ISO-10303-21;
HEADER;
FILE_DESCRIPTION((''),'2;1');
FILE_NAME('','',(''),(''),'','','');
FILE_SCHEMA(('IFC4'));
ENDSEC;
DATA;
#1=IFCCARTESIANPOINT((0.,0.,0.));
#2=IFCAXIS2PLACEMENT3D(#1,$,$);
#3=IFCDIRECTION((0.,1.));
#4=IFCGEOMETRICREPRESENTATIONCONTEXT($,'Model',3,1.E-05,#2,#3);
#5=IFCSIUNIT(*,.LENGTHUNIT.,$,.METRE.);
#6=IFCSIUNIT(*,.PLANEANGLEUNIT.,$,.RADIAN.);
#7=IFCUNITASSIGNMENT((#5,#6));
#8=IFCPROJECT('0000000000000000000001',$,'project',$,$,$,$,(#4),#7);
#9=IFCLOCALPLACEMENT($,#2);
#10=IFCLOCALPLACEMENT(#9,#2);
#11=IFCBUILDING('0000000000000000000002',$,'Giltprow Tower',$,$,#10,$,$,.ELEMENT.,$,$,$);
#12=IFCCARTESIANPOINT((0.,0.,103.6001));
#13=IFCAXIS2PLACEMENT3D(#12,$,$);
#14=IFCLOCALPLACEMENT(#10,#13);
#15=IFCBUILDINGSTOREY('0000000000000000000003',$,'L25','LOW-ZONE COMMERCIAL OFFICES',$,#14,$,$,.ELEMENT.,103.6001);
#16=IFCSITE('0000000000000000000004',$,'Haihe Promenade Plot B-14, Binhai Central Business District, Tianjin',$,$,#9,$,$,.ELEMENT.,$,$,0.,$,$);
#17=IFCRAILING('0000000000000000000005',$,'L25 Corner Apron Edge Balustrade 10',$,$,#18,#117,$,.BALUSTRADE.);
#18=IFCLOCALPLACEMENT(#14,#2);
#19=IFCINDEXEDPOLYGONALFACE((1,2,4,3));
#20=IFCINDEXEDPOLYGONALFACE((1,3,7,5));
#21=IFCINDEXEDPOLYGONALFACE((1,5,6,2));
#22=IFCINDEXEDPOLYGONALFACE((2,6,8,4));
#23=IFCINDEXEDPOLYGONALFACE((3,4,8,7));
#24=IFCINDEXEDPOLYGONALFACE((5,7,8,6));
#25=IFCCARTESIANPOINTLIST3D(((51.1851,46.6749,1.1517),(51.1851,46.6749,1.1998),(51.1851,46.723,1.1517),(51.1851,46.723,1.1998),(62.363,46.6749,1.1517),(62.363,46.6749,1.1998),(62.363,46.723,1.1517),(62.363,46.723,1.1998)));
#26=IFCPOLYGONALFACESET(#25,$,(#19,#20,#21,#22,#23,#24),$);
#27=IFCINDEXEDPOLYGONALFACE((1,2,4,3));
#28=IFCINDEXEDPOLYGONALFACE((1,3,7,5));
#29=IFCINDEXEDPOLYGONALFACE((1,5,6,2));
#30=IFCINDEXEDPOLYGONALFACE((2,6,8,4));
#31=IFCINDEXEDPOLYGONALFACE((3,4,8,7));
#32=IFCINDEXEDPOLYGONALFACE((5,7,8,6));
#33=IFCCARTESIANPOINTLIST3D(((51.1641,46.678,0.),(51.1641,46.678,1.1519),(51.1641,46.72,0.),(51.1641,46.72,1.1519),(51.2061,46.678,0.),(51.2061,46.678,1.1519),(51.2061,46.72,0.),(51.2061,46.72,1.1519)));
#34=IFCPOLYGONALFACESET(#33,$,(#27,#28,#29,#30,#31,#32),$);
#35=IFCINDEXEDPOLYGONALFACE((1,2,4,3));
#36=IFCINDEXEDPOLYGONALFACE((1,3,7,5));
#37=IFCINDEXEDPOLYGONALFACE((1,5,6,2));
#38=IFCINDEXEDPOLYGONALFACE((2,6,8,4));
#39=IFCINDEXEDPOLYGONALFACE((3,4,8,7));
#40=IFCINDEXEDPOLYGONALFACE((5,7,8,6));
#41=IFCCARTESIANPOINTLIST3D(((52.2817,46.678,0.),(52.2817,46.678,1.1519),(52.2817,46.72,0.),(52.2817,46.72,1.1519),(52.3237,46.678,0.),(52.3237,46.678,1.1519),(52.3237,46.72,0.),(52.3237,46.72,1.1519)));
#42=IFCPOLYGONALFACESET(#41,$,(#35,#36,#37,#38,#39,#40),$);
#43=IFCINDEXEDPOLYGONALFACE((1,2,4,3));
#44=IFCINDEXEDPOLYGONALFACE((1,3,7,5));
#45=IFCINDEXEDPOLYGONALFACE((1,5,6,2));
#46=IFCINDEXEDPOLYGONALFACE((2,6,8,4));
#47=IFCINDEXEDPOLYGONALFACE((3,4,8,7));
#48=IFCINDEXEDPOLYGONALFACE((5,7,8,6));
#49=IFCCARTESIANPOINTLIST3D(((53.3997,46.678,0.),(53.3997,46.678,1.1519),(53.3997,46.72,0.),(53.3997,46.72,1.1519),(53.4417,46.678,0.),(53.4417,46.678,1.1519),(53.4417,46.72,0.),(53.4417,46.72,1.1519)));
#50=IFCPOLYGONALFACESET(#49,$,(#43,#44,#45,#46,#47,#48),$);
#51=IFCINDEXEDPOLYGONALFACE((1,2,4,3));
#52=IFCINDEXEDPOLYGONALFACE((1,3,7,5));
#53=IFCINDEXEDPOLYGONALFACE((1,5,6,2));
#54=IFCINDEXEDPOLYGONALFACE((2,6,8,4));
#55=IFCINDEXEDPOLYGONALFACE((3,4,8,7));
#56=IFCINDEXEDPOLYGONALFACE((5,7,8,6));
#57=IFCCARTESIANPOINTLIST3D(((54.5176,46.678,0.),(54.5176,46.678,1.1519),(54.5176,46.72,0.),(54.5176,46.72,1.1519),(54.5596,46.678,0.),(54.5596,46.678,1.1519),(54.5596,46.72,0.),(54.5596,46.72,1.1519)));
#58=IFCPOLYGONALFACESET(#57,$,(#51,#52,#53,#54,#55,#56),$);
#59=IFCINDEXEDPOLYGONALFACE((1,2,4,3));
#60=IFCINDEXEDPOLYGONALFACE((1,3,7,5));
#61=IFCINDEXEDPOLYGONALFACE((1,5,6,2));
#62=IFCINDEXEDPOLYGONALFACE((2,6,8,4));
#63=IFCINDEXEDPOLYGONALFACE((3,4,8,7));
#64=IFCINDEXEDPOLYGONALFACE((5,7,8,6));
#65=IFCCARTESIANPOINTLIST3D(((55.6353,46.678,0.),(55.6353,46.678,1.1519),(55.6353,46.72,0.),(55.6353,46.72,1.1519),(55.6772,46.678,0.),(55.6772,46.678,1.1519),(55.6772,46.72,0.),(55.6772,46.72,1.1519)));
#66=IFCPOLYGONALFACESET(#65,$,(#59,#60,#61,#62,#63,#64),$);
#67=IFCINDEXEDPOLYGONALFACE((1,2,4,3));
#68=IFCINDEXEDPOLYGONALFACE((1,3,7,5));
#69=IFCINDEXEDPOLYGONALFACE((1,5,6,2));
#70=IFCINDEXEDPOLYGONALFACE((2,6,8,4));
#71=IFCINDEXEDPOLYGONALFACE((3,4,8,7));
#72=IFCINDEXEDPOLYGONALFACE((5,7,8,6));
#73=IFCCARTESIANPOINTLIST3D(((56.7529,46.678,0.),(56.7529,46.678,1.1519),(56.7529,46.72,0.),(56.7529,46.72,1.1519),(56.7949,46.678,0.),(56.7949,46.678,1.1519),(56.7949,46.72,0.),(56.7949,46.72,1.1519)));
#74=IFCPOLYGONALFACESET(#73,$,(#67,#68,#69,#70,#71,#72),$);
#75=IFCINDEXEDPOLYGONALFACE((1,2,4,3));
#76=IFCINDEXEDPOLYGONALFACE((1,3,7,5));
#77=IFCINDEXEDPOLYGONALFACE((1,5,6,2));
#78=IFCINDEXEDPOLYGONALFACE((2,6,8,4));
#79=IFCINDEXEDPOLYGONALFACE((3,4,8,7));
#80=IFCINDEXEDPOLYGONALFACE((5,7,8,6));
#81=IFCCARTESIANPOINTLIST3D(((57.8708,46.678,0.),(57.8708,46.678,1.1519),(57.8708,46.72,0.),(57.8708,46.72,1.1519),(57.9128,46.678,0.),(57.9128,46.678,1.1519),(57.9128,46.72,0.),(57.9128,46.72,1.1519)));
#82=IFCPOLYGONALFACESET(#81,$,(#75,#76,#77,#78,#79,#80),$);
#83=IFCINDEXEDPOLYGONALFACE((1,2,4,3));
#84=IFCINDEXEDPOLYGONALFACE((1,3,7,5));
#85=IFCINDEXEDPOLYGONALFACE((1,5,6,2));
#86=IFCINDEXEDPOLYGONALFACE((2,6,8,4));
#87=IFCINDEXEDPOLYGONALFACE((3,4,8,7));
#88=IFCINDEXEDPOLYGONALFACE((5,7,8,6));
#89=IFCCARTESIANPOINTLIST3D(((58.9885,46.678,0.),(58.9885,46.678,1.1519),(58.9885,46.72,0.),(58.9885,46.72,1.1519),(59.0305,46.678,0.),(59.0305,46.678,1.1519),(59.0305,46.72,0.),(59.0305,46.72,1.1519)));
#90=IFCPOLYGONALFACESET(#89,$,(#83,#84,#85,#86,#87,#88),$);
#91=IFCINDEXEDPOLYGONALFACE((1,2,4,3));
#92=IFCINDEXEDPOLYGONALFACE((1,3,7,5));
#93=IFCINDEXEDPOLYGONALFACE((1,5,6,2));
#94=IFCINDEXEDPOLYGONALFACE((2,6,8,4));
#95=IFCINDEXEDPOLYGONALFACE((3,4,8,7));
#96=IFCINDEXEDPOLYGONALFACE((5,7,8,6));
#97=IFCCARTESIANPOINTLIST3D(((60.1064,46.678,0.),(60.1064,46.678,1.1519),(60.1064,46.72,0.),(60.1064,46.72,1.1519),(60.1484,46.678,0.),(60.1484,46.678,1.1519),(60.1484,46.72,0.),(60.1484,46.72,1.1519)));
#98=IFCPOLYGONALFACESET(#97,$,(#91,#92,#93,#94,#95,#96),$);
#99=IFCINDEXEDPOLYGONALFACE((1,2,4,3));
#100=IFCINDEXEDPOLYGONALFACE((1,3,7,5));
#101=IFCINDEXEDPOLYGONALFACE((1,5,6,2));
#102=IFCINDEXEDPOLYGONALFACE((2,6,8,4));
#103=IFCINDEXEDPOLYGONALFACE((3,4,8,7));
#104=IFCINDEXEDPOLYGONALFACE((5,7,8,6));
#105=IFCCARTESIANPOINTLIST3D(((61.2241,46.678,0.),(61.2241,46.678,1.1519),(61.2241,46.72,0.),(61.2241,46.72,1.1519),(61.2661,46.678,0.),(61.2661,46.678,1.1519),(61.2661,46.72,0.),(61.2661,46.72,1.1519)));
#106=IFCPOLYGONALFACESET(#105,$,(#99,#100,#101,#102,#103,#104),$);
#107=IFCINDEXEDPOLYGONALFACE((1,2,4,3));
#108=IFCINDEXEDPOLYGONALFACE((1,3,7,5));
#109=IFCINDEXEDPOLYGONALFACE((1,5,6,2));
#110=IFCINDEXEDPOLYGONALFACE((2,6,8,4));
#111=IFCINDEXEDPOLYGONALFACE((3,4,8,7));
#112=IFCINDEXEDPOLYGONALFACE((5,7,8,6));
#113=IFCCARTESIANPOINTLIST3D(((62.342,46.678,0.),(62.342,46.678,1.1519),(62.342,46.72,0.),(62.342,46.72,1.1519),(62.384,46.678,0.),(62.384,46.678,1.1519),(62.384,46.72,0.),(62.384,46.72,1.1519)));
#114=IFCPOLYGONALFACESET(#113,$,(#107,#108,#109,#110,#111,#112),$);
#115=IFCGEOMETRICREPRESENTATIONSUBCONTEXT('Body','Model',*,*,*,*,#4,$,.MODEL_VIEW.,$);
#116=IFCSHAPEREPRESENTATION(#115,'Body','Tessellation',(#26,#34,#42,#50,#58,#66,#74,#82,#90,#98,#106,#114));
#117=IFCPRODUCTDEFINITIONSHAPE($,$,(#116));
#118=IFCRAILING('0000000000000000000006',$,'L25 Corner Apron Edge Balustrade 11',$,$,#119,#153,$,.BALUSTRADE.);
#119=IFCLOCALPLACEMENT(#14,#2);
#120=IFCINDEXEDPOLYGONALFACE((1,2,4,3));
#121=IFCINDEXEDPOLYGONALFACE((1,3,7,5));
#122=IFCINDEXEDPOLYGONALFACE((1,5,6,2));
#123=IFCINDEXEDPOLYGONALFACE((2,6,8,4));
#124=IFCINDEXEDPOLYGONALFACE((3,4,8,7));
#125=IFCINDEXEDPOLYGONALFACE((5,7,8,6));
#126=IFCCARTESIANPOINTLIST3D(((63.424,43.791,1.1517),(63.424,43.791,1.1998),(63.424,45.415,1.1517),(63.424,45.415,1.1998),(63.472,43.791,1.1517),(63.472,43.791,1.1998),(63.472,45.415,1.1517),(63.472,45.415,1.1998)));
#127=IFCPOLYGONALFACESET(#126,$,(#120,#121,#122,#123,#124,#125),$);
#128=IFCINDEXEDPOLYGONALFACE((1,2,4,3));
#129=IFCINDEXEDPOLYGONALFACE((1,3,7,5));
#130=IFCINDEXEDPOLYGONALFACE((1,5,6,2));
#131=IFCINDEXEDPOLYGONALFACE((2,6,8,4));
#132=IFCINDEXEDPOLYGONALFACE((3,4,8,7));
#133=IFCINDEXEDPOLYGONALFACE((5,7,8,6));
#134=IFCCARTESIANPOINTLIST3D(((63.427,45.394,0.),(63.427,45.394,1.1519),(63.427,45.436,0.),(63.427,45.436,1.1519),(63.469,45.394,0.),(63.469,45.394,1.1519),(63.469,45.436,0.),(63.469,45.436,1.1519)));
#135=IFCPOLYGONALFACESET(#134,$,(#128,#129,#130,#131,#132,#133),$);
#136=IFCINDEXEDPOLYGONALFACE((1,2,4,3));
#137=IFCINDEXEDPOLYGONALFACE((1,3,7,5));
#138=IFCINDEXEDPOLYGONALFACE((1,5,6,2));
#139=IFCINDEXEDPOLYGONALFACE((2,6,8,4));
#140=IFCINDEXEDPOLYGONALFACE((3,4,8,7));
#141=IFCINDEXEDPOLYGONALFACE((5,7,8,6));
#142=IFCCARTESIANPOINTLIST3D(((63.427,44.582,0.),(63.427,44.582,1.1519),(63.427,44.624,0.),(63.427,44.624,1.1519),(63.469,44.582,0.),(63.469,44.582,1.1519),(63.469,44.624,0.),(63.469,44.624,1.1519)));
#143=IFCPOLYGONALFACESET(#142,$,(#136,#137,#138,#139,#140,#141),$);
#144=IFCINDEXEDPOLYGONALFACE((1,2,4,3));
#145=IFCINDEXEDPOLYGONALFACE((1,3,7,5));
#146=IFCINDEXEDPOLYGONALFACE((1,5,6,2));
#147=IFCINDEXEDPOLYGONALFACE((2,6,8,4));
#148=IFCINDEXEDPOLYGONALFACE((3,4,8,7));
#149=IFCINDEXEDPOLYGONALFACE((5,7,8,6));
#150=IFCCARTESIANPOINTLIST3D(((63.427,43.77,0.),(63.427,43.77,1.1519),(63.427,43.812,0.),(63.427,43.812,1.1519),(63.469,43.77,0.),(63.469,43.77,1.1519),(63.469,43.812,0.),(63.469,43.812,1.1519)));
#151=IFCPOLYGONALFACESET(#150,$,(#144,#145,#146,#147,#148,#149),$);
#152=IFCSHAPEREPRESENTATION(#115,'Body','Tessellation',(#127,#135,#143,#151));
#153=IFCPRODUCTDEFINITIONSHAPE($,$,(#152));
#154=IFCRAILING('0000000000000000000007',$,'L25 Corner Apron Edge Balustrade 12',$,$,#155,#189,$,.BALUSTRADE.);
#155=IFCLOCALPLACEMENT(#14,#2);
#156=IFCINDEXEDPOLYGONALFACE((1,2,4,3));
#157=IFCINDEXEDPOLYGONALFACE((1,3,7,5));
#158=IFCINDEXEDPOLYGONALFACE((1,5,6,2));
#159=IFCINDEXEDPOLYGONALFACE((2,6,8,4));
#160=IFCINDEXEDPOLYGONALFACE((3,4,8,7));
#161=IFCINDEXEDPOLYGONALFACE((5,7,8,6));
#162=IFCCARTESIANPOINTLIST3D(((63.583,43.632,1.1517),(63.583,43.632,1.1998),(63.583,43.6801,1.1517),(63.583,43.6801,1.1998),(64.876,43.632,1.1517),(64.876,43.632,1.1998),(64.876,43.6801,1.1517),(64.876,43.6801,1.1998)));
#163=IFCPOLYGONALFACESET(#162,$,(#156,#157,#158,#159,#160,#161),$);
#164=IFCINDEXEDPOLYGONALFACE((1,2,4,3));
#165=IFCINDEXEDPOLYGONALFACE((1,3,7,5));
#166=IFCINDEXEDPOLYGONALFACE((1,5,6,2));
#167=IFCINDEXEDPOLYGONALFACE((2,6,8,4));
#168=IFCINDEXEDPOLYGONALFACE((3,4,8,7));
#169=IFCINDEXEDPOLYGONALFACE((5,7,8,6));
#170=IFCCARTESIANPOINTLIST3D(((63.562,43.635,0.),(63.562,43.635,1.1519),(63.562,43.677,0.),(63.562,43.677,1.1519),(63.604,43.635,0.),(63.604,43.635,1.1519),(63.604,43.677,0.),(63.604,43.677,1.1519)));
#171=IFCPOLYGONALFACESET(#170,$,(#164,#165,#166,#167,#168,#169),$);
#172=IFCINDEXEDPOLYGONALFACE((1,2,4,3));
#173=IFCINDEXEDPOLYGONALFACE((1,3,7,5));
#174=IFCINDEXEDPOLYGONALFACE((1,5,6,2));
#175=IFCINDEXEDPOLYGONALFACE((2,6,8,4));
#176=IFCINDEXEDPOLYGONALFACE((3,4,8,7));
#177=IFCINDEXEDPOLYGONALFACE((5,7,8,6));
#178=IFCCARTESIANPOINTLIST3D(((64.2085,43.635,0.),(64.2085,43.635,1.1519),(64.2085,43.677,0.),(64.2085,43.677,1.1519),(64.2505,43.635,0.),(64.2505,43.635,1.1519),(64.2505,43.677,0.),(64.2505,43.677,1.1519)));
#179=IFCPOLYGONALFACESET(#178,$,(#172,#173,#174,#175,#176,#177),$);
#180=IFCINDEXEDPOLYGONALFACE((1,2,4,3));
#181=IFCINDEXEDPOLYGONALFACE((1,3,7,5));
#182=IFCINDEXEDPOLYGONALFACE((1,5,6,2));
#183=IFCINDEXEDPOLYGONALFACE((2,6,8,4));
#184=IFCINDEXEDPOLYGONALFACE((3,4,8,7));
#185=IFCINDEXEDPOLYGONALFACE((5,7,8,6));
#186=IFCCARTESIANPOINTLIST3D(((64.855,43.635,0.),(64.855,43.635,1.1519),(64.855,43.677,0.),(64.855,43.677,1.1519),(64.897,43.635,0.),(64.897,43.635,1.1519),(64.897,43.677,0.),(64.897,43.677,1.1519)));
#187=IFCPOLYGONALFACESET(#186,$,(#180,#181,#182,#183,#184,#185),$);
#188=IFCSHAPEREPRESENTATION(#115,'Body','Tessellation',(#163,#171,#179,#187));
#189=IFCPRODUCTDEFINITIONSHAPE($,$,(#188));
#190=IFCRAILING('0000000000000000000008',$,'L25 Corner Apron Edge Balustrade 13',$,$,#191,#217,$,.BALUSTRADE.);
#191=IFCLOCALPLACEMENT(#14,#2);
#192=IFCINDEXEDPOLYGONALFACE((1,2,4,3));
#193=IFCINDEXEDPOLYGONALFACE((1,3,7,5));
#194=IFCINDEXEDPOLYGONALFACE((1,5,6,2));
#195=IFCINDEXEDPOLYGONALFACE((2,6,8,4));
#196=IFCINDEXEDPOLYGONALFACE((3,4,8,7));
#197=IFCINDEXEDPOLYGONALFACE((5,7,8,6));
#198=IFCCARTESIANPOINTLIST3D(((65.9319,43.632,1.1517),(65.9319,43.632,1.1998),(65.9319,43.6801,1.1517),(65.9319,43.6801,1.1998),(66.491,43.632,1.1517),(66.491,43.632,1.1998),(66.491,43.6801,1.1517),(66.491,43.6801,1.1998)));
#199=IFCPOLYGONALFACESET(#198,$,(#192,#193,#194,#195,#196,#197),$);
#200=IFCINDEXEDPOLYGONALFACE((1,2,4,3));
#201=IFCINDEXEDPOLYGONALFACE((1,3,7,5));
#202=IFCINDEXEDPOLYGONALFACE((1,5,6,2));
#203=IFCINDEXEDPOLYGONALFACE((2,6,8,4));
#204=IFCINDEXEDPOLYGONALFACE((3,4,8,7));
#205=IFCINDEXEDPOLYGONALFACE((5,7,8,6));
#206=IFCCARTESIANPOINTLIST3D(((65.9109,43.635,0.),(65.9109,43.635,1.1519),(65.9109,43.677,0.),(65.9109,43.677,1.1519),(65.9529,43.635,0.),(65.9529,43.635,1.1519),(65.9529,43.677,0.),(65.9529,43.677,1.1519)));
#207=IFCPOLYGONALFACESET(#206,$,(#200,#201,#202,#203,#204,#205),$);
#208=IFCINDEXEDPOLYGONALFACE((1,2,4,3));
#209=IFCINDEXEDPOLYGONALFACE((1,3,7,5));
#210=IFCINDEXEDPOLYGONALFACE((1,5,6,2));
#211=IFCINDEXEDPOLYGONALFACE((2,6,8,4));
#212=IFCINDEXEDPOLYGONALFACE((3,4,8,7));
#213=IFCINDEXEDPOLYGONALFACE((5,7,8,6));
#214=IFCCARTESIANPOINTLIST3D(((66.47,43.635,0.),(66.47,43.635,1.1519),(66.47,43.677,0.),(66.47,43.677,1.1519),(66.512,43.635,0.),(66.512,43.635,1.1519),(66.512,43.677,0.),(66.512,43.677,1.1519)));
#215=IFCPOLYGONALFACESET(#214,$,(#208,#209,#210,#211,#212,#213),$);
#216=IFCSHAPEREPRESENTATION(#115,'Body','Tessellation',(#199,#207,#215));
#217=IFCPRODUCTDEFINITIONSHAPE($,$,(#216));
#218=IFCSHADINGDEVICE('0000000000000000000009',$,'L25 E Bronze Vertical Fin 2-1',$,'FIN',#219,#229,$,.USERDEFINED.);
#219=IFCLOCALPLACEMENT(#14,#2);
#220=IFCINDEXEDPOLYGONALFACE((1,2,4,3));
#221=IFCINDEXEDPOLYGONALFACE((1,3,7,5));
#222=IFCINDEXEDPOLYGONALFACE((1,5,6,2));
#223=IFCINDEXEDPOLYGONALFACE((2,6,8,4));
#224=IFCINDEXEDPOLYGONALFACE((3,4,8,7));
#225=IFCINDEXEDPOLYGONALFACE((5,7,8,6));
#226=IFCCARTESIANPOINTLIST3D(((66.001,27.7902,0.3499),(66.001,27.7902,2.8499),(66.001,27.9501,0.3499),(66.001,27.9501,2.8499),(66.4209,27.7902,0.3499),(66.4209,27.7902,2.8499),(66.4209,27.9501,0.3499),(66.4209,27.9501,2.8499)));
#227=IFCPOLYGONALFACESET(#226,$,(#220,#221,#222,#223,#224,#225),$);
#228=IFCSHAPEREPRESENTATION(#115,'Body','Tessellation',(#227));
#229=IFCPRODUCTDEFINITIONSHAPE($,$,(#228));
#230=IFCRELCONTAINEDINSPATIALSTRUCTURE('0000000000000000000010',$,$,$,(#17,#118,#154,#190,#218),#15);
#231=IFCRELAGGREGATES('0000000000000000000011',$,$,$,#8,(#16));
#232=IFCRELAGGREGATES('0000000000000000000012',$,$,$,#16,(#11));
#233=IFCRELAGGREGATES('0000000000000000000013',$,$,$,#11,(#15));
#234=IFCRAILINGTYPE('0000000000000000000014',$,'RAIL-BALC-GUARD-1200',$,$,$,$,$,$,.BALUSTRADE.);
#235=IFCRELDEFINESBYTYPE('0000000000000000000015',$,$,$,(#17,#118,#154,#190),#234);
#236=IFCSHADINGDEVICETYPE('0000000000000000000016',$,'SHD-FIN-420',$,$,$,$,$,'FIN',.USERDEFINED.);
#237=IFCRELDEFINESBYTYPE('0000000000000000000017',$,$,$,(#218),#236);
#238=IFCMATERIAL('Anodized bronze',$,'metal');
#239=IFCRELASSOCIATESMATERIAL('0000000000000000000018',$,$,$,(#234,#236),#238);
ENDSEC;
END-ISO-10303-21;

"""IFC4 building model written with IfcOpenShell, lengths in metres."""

from ifc_helpers import new_model, si_unit, direction, frame, origin, origin_2d, place, context, subcontext, project, spatial, rectangle, extrude, source, transform, mapped, material, type_object, element, save


model = new_model("IFC4")

# Units and contexts
model_context = context("Model", 3, precision=1e-05, world=origin(), true_north=direction((0.0, 1.0)))
body_context = subcontext(model_context, "Body", "Model", "MODEL_VIEW")
ifc_project = project(units=[si_unit("LENGTHUNIT", "METRE"), si_unit("PLANEANGLEUNIT", "RADIAN")], contexts=[model_context])

# Site, building, storey
site_placement = place(None, origin())
site = spatial("IfcSite", under=ifc_project, at=site_placement, Name="Haihe Promenade Plot B-14, Binhai Central Business District, Tianjin", CompositionType="ELEMENT", RefElevation=0.0)
building_placement = place(site_placement, origin())
building = spatial("IfcBuilding", under=site, at=building_placement, Name="Giltprow Tower", CompositionType="ELEMENT")
storey_placement = place(building_placement, frame((0.0, 0.0, 103.6001)))
storey = spatial("IfcBuildingStorey", under=building, at=storey_placement, Name="L25", Description="LOW-ZONE COMMERCIAL OFFICES", CompositionType="ELEMENT", Elevation=103.6001)

# Railings
ifc_material_1 = material(Name="Anodized bronze", Category="metal")
railing_type = type_object("IfcRailingType", Name="RAIL-BALC-GUARD-1200", PredefinedType="BALUSTRADE", material=ifc_material_1)
railing_1_placement = place(storey_placement, frame((51.1851, 46.699, 0.0)))
element("IfcRailing", 1, at=railing_1_placement, inside=storey, type_object=railing_type, Name="L25 Corner Apron Edge Balustrade 10", PredefinedType="BALUSTRADE", context=body_context, shape_type="SweptSolid", body=[
    extrude(rectangle(XDim=0.0481, YDim=0.0481, at=origin_2d()), frame((0.0, 0.0, 1.1758), z_axis=(1.0, 0.0, 0.0), x_axis=(0.0, 1.0, 0.0)), (0.0, 0.0, 1.0), 11.178),
    extrude(rectangle(XDim=0.042, YDim=0.042, at=origin_2d()), origin(), (0.0, 0.0, 1.0), 1.1519),
    extrude(rectangle(XDim=0.042, YDim=0.042, at=origin_2d()), frame((1.1177, 0.0, 0.0)), (0.0, 0.0, 1.0), 1.1519),
    extrude(rectangle(XDim=0.042, YDim=0.042, at=origin_2d()), frame((2.2356, 0.0, 0.0)), (0.0, 0.0, 1.0), 1.1519),
    extrude(rectangle(XDim=0.042, YDim=0.042, at=origin_2d()), frame((3.3535, 0.0, 0.0)), (0.0, 0.0, 1.0), 1.1519),
    extrude(rectangle(XDim=0.042, YDim=0.042, at=origin_2d()), frame((4.4712, 0.0, 0.0)), (0.0, 0.0, 1.0), 1.1519),
    extrude(rectangle(XDim=0.042, YDim=0.042, at=origin_2d()), frame((5.5889, 0.0, 0.0)), (0.0, 0.0, 1.0), 1.1519),
    extrude(rectangle(XDim=0.042, YDim=0.042, at=origin_2d()), frame((6.7068, 0.0, 0.0)), (0.0, 0.0, 1.0), 1.1519),
    extrude(rectangle(XDim=0.042, YDim=0.042, at=origin_2d()), frame((7.8245, 0.0, 0.0)), (0.0, 0.0, 1.0), 1.1519),
    extrude(rectangle(XDim=0.042, YDim=0.042, at=origin_2d()), frame((8.9424, 0.0, 0.0)), (0.0, 0.0, 1.0), 1.1519),
    extrude(rectangle(XDim=0.042, YDim=0.042, at=origin_2d()), frame((10.0601, 0.0, 0.0)), (0.0, 0.0, 1.0), 1.1519),
    extrude(rectangle(XDim=0.042, YDim=0.042, at=origin_2d()), frame((11.178, 0.0, 0.0)), (0.0, 0.0, 1.0), 1.1519),
])
railing_2_placement = place(storey_placement, frame((63.448, 45.415, 0.0)))
element("IfcRailing", 2, at=railing_2_placement, inside=storey, type_object=railing_type, Name="L25 Corner Apron Edge Balustrade 11", PredefinedType="BALUSTRADE", context=body_context, shape_type="SweptSolid", body=[
    extrude(rectangle(XDim=0.0481, YDim=0.0481, at=origin_2d()), frame((0.0, 0.0, 1.1758), z_axis=(0.0, -1.0, 0.0), x_axis=(1.0, 0.0, 0.0)), (0.0, 0.0, 1.0), 1.624),
    extrude(rectangle(XDim=0.042, YDim=0.042, at=origin_2d()), origin(), (0.0, 0.0, 1.0), 1.1519),
    extrude(rectangle(XDim=0.042, YDim=0.042, at=origin_2d()), frame((0.0, -0.812, 0.0)), (0.0, 0.0, 1.0), 1.1519),
    extrude(rectangle(XDim=0.042, YDim=0.042, at=origin_2d()), frame((0.0, -1.624, 0.0)), (0.0, 0.0, 1.0), 1.1519),
])
railing_3_placement = place(storey_placement, frame((63.583, 43.656, 0.0)))
element("IfcRailing", 3, at=railing_3_placement, inside=storey, type_object=railing_type, Name="L25 Corner Apron Edge Balustrade 12", PredefinedType="BALUSTRADE", context=body_context, shape_type="SweptSolid", body=[
    extrude(rectangle(XDim=0.0481, YDim=0.0481, at=origin_2d()), frame((0.0, 0.0, 1.1758), z_axis=(1.0, 0.0, 0.0), x_axis=(0.0, 1.0, 0.0)), (0.0, 0.0, 1.0), 1.293),
    extrude(rectangle(XDim=0.042, YDim=0.042, at=origin_2d()), origin(), (0.0, 0.0, 1.0), 1.1519),
    extrude(rectangle(XDim=0.042, YDim=0.042, at=origin_2d()), frame((0.6465, 0.0, 0.0)), (0.0, 0.0, 1.0), 1.1519),
    extrude(rectangle(XDim=0.042, YDim=0.042, at=origin_2d()), frame((1.293, 0.0, 0.0)), (0.0, 0.0, 1.0), 1.1519),
])
railing_4_placement = place(storey_placement, frame((65.9319, 43.656, 0.0)))
element("IfcRailing", 4, at=railing_4_placement, inside=storey, type_object=railing_type, Name="L25 Corner Apron Edge Balustrade 13", PredefinedType="BALUSTRADE", context=body_context, shape_type="SweptSolid", body=[
    extrude(rectangle(XDim=0.0481, YDim=0.0481, at=origin_2d()), frame((0.0, 0.0, 1.1758), z_axis=(1.0, 0.0, 0.0), x_axis=(0.0, 1.0, 0.0)), (0.0, 0.0, 1.0), 0.5591),
    extrude(rectangle(XDim=0.042, YDim=0.042, at=origin_2d()), origin(), (0.0, 0.0, 1.0), 1.1519),
    extrude(rectangle(XDim=0.042, YDim=0.042, at=origin_2d()), frame((0.5591, 0.0, 0.0)), (0.0, 0.0, 1.0), 1.1519),
])

# Shading device
shading_device_type = type_object("IfcShadingDeviceType", Name="SHD-FIN-420", ElementType="FIN", PredefinedType="USERDEFINED", material=ifc_material_1)
shared_shape_1 = source(origin(), body_context, "Body", "SweptSolid", [
    extrude(rectangle(XDim=0.4199, YDim=0.1599, at=origin_2d()), origin(), (0.0, 0.0, 1.0), 2.5),
])
for number, where, z_axis, x_axis, name in (
    (5, (66.2109, 27.8701, 0.3499), (0.0, 0.0, 1.0), (1.0, 0.0, 0.0), "L25 E Bronze Vertical Fin 2-1"),
):
    element("IfcShadingDevice", number, at=place(storey_placement, frame(where, z_axis=z_axis, x_axis=x_axis)), inside=storey, type_object=shading_device_type, Name=name, ObjectType="FIN", PredefinedType="USERDEFINED", context=body_context, shape_type="MappedRepresentation", body=[
        mapped(shared_shape_1, transform((0.0, 0.0, 0.0), x_axis=(1.0, 0.0, 0.0), y_axis=(0.0, 1.0, 0.0), z_axis=(0.0, 0.0, 1.0), scale=1.0)),
    ])

save(model, "model.ifc")
